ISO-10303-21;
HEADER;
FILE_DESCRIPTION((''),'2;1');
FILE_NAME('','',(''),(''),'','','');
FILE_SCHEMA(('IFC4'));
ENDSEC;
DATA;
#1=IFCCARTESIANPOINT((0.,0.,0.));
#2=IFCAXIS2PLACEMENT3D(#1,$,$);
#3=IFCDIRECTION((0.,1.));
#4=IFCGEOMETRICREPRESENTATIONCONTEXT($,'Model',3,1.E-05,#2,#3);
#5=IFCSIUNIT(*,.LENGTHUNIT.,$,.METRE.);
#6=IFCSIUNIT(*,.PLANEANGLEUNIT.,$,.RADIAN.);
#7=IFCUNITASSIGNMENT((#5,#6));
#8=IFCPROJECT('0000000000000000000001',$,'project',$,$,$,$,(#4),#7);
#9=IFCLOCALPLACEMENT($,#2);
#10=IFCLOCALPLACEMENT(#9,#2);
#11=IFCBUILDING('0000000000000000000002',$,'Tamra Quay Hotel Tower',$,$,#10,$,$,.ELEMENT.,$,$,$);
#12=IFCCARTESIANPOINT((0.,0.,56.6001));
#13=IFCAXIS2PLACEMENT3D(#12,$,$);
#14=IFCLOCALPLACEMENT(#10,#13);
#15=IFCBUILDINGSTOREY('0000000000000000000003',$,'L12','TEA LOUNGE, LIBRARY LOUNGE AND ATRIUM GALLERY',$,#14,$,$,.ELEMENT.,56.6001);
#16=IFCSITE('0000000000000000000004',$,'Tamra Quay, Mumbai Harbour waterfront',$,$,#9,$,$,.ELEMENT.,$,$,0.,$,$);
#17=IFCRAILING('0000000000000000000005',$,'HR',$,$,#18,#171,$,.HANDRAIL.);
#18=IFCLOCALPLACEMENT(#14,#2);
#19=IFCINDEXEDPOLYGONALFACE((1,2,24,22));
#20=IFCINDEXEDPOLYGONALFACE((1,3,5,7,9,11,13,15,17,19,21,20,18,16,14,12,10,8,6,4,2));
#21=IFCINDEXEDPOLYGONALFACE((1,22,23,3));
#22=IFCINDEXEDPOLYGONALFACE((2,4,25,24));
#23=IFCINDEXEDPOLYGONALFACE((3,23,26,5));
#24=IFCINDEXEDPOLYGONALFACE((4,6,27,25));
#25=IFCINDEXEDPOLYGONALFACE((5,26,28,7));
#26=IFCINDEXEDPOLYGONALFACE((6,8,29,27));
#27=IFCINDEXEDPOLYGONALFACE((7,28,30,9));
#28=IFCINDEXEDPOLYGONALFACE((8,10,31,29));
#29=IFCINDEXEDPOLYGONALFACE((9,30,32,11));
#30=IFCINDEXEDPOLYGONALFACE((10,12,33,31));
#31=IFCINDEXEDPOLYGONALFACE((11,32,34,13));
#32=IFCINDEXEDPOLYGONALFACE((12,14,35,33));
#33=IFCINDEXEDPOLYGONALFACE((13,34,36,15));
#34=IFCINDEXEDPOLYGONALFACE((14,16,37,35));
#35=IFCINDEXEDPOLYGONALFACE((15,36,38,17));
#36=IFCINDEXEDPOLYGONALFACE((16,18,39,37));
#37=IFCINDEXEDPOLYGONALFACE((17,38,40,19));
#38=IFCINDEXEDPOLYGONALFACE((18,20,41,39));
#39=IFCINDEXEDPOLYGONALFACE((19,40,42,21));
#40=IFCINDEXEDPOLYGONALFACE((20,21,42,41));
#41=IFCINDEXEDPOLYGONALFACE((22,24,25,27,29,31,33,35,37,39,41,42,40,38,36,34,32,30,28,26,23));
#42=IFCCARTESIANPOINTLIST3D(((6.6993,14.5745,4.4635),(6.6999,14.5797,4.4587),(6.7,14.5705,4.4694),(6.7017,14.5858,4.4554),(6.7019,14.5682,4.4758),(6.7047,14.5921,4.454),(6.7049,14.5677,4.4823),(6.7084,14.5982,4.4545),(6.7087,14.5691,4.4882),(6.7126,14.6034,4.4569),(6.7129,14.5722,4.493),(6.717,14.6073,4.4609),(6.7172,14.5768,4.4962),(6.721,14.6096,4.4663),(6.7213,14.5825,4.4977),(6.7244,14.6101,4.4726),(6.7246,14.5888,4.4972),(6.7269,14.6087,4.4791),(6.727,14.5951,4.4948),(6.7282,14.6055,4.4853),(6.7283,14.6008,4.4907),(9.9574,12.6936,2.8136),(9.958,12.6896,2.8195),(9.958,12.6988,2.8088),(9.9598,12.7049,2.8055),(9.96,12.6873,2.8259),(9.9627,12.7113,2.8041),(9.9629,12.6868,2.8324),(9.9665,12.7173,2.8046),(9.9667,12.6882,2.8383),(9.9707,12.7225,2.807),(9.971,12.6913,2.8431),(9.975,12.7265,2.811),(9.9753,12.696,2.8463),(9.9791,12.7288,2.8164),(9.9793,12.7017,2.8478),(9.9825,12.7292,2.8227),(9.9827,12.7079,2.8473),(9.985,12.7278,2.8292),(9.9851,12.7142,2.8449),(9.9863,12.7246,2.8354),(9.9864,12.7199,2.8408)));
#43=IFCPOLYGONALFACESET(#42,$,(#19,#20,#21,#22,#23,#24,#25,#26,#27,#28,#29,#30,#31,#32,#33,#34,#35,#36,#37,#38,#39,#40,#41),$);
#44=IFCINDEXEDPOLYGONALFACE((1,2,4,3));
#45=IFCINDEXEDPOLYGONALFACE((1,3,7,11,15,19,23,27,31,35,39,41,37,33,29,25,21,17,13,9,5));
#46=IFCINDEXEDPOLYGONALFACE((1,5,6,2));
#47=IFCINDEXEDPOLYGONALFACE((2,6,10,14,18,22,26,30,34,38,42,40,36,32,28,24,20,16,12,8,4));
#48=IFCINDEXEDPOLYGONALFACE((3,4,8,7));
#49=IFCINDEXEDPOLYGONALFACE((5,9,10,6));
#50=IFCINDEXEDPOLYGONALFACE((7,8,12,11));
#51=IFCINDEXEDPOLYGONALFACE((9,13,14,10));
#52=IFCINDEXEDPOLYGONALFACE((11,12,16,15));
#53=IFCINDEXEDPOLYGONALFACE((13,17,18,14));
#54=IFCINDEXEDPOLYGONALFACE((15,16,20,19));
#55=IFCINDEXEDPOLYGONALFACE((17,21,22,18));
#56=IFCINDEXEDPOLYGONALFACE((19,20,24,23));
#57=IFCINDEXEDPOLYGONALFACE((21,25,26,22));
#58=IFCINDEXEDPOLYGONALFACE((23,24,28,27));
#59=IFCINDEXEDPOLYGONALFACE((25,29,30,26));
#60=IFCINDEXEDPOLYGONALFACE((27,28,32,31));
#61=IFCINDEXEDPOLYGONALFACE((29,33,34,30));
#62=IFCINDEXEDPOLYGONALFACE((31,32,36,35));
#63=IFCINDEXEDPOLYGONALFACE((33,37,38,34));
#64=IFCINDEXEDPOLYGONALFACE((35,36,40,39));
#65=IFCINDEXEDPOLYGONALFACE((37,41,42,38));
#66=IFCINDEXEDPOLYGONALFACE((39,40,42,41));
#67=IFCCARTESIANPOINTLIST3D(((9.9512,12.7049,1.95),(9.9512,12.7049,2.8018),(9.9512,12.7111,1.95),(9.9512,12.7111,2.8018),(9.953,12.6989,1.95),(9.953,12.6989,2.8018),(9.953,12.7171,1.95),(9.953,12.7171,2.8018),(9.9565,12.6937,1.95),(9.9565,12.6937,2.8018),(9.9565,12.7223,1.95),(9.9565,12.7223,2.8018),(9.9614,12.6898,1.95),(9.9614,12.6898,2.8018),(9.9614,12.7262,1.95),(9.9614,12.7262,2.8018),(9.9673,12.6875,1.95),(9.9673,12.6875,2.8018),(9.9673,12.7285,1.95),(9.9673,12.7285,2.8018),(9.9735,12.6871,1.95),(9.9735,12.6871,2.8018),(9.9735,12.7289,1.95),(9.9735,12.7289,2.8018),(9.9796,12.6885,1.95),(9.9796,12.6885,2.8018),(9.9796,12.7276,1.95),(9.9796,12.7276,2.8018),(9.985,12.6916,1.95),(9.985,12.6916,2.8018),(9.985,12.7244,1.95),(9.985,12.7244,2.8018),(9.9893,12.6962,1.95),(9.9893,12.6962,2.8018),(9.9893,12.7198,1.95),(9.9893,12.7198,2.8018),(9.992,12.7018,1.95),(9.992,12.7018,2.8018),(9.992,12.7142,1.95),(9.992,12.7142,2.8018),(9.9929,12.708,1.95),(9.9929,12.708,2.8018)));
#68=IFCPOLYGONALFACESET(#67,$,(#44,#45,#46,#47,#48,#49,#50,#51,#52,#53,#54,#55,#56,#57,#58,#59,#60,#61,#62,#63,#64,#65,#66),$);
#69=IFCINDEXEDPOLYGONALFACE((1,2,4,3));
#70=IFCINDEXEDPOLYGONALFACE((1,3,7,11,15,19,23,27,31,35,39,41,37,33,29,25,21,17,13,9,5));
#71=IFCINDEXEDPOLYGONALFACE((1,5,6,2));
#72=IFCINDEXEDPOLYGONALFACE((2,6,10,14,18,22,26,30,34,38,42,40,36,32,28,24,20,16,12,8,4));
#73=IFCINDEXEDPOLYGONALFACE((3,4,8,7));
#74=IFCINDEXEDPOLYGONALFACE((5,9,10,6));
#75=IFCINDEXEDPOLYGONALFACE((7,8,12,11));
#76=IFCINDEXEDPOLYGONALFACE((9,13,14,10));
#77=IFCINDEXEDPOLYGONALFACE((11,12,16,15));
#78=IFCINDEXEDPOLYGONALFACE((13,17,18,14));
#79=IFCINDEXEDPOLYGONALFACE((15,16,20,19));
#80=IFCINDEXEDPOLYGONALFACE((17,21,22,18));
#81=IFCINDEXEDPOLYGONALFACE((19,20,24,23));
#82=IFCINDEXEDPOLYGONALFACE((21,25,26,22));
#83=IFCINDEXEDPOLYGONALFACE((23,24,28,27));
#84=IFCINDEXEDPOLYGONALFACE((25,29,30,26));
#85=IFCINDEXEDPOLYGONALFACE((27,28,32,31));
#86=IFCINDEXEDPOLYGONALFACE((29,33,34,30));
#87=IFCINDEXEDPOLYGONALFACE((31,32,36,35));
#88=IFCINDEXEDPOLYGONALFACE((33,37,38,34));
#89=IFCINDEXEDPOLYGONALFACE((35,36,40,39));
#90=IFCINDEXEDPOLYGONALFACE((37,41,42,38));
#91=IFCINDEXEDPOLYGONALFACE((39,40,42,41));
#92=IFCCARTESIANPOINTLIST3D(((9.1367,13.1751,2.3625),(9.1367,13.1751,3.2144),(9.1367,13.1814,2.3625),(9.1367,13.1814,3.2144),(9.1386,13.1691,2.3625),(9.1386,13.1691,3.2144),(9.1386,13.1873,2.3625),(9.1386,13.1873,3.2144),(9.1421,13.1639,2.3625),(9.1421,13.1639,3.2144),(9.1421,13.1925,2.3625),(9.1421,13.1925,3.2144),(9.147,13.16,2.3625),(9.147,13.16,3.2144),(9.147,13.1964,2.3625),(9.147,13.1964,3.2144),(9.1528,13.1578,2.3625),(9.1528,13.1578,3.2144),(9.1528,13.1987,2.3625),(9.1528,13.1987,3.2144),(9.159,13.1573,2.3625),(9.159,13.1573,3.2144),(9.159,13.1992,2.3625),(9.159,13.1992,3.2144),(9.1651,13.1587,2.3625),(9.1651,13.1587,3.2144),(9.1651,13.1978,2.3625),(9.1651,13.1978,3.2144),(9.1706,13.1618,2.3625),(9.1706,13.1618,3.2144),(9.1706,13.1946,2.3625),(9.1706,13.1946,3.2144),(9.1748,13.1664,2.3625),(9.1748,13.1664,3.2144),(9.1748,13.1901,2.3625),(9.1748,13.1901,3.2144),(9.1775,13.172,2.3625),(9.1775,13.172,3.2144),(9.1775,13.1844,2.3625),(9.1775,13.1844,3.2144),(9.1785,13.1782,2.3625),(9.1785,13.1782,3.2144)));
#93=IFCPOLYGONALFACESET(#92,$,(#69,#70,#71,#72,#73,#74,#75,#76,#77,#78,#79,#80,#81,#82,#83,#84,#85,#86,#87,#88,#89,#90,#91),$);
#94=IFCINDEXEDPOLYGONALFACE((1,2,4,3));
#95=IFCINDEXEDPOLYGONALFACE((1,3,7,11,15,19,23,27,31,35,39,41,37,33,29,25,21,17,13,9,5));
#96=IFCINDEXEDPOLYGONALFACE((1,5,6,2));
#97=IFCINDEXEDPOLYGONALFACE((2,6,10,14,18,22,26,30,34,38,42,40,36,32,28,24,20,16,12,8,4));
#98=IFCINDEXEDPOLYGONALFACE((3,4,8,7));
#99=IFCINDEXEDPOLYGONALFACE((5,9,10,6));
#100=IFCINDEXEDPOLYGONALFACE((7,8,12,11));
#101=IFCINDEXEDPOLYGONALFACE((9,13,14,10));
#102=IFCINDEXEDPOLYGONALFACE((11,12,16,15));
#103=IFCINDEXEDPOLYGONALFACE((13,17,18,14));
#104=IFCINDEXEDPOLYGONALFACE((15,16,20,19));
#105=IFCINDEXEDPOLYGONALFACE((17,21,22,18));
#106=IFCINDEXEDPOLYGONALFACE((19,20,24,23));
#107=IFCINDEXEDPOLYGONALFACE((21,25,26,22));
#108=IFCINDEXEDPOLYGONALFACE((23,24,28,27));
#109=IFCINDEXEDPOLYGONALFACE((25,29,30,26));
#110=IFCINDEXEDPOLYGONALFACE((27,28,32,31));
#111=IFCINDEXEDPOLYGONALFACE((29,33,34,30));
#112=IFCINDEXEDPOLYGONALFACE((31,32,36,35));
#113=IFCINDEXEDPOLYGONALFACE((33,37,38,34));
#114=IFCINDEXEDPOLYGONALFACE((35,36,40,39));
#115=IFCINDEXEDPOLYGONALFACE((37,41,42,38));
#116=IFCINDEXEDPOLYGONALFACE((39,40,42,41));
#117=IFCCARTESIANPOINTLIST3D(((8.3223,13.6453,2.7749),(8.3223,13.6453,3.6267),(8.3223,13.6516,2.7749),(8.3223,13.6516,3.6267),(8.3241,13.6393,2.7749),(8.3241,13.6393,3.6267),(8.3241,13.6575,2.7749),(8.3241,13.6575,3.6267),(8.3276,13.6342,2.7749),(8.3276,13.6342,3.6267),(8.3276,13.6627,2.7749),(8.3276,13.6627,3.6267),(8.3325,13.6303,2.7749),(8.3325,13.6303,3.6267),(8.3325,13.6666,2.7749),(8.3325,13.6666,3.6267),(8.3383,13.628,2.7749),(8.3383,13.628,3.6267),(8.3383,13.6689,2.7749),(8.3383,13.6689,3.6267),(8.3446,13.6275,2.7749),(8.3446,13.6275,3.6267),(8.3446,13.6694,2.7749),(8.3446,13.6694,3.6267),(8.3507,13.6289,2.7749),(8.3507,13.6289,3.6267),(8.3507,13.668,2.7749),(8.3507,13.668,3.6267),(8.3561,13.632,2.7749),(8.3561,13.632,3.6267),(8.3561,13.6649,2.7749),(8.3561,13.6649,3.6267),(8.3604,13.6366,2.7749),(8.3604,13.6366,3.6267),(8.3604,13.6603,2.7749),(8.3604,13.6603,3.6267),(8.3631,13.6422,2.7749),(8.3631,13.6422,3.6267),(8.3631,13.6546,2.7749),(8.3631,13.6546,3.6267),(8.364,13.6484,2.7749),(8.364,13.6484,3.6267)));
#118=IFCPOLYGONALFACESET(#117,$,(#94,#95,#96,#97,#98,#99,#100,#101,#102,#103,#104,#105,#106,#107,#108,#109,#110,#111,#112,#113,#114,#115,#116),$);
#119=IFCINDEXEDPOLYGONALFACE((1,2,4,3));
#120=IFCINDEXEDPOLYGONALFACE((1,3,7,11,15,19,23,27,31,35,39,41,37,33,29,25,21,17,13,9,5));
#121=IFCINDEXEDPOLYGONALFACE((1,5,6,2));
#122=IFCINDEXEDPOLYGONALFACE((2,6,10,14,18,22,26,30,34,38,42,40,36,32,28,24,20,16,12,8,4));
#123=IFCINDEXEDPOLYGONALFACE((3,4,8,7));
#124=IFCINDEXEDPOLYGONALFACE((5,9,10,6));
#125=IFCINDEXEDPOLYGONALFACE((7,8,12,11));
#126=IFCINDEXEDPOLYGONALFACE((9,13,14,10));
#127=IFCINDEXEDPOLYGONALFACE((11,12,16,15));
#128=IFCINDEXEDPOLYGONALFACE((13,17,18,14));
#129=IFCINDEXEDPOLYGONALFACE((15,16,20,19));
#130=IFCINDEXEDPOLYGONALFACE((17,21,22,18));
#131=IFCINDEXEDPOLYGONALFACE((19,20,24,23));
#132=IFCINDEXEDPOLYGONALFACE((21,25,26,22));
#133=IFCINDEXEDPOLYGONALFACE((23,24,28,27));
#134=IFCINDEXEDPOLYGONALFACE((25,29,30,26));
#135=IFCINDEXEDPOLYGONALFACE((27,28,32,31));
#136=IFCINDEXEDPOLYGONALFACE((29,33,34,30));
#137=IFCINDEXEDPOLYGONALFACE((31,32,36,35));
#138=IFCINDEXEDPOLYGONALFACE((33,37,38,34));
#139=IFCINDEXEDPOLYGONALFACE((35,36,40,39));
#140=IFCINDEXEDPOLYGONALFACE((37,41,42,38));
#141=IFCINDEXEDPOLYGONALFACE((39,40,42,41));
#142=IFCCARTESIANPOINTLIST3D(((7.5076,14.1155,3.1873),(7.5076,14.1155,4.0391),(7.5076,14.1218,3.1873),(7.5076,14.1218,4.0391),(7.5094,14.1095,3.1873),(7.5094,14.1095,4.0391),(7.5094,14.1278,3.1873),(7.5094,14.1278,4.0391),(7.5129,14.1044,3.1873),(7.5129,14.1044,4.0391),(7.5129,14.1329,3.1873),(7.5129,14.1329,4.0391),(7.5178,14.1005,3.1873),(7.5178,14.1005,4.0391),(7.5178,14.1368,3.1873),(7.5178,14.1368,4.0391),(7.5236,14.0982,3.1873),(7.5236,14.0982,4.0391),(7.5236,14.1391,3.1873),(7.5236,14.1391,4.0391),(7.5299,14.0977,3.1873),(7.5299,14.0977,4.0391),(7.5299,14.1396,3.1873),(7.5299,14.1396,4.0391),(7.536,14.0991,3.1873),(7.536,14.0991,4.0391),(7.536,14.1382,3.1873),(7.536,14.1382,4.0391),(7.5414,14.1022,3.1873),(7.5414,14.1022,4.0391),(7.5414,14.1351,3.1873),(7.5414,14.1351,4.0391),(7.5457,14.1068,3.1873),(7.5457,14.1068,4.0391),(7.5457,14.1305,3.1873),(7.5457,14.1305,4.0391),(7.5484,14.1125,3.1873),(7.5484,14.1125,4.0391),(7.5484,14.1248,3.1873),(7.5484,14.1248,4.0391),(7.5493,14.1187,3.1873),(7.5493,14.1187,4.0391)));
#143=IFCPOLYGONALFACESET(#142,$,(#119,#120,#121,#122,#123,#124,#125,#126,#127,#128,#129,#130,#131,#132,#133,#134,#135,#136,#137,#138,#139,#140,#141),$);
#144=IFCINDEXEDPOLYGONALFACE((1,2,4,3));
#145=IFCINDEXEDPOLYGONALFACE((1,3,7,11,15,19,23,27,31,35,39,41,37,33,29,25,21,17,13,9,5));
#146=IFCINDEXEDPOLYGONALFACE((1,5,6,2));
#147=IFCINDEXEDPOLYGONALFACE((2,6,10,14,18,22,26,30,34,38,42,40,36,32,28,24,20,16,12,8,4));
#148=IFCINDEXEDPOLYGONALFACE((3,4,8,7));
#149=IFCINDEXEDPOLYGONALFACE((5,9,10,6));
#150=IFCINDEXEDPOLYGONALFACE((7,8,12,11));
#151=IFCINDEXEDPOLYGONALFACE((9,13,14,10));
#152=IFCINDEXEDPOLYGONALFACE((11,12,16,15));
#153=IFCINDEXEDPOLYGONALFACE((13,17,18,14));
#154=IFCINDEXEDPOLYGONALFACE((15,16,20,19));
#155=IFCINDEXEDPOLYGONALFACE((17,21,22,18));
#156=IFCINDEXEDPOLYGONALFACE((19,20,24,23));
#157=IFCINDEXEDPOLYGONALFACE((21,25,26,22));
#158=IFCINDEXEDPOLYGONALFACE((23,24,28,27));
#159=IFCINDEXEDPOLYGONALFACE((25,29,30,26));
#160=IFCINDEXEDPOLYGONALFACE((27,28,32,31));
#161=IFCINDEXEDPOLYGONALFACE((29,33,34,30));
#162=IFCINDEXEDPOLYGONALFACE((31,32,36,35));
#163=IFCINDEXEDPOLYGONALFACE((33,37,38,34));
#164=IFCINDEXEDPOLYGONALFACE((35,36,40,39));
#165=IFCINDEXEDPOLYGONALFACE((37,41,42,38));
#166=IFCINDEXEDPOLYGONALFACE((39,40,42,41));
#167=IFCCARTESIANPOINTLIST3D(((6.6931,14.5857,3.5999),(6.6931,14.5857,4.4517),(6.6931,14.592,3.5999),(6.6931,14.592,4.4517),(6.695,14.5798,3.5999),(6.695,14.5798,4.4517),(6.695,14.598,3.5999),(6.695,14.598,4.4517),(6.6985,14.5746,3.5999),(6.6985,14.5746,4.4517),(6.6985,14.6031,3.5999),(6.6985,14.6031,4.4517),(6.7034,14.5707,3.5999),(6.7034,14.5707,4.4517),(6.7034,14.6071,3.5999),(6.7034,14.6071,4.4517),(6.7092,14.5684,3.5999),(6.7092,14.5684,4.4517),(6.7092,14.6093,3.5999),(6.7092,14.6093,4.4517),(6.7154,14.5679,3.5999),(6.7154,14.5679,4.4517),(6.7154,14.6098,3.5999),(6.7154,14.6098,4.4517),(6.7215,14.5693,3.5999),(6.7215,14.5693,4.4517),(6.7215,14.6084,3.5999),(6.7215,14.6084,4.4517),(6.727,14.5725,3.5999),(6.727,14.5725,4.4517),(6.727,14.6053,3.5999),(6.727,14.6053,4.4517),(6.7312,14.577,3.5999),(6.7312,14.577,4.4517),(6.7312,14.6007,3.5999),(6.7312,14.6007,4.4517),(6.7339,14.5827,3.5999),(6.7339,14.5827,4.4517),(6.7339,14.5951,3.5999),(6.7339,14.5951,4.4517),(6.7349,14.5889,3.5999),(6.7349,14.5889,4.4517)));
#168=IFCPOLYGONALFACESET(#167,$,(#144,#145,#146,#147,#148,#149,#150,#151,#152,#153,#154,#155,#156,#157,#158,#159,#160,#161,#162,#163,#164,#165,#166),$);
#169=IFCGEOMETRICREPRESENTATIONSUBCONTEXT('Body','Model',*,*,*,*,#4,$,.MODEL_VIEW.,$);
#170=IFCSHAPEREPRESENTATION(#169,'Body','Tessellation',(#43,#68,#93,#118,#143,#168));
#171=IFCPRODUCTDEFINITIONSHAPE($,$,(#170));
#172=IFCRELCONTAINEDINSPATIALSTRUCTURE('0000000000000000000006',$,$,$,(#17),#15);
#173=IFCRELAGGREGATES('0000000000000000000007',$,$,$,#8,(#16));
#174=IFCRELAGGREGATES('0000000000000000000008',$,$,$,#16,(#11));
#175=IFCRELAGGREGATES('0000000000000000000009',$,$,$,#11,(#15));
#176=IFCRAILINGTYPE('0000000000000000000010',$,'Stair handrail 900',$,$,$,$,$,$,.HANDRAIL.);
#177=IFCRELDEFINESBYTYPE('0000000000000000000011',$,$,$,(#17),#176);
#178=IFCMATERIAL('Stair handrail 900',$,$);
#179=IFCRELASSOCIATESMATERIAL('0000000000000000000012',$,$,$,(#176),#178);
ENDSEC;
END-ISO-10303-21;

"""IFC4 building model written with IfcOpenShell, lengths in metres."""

from ifc_helpers import new_model, si_unit, direction, frame, origin, origin_2d, place, context, subcontext, project, spatial, circle, extrude, material, type_object, element, save


model = new_model("IFC4")

# Units and contexts
model_context = context("Model", 3, precision=1e-05, world=origin(), true_north=direction((0.0, 1.0)))
body_context = subcontext(model_context, "Body", "Model", "MODEL_VIEW")
ifc_project = project(units=[si_unit("LENGTHUNIT", "METRE"), si_unit("PLANEANGLEUNIT", "RADIAN")], contexts=[model_context])

# Site, building, storey
site_placement = place(None, origin())
site = spatial("IfcSite", under=ifc_project, at=site_placement, Name="Tamra Quay, Mumbai Harbour waterfront", CompositionType="ELEMENT", RefElevation=0.0)
building_placement = place(site_placement, origin())
building = spatial("IfcBuilding", under=site, at=building_placement, Name="Tamra Quay Hotel Tower", CompositionType="ELEMENT")
storey_placement = place(building_placement, frame((0.0, 0.0, 56.6001)))
storey = spatial("IfcBuildingStorey", under=building, at=storey_placement, Name="L12", Description="TEA LOUNGE, LIBRARY LOUNGE AND ATRIUM GALLERY", CompositionType="ELEMENT", Elevation=56.6001)

# Railing
ifc_material_1 = material(Name="Stair handrail 900")
railing_type_1 = type_object("IfcRailingType", Name="Stair handrail 900", PredefinedType="HANDRAIL", material=ifc_material_1)
railing_1_placement = place(storey_placement, frame((9.9719, 12.708, 1.95)))
element("IfcRailing", 1, at=railing_1_placement, inside=storey, type_object=railing_type_1, Name="HR", PredefinedType="HANDRAIL", context=body_context, shape_type="SweptSolid", body=[
    extrude(circle(Radius=0.0239, at=origin_2d()), frame((0.0, 0.0, 0.876), z_axis=(-0.793122, 0.457865, 0.401642), x_axis=(-0.499964, -0.866046, 0.0)), (0.0, 0.0, 1.0), 4.1079),
    extrude(circle(Radius=0.021, at=origin_2d()), origin(), (0.0, 0.0, 1.0), 0.8518),
    extrude(circle(Radius=0.021, at=origin_2d()), frame((-0.8145, 0.4702, 0.4126)), (0.0, 0.0, 1.0), 0.8518),
    extrude(circle(Radius=0.021, at=origin_2d()), frame((-1.6289, 0.9404, 0.825)), (0.0, 0.0, 1.0), 0.8518),
    extrude(circle(Radius=0.021, at=origin_2d()), frame((-2.4436, 1.4106, 1.2373)), (0.0, 0.0, 1.0), 0.8518),
    extrude(circle(Radius=0.021, at=origin_2d()), frame((-3.2581, 1.8809, 1.6499)), (0.0, 0.0, 1.0), 0.8518),
])

save(model, "model.ifc")
